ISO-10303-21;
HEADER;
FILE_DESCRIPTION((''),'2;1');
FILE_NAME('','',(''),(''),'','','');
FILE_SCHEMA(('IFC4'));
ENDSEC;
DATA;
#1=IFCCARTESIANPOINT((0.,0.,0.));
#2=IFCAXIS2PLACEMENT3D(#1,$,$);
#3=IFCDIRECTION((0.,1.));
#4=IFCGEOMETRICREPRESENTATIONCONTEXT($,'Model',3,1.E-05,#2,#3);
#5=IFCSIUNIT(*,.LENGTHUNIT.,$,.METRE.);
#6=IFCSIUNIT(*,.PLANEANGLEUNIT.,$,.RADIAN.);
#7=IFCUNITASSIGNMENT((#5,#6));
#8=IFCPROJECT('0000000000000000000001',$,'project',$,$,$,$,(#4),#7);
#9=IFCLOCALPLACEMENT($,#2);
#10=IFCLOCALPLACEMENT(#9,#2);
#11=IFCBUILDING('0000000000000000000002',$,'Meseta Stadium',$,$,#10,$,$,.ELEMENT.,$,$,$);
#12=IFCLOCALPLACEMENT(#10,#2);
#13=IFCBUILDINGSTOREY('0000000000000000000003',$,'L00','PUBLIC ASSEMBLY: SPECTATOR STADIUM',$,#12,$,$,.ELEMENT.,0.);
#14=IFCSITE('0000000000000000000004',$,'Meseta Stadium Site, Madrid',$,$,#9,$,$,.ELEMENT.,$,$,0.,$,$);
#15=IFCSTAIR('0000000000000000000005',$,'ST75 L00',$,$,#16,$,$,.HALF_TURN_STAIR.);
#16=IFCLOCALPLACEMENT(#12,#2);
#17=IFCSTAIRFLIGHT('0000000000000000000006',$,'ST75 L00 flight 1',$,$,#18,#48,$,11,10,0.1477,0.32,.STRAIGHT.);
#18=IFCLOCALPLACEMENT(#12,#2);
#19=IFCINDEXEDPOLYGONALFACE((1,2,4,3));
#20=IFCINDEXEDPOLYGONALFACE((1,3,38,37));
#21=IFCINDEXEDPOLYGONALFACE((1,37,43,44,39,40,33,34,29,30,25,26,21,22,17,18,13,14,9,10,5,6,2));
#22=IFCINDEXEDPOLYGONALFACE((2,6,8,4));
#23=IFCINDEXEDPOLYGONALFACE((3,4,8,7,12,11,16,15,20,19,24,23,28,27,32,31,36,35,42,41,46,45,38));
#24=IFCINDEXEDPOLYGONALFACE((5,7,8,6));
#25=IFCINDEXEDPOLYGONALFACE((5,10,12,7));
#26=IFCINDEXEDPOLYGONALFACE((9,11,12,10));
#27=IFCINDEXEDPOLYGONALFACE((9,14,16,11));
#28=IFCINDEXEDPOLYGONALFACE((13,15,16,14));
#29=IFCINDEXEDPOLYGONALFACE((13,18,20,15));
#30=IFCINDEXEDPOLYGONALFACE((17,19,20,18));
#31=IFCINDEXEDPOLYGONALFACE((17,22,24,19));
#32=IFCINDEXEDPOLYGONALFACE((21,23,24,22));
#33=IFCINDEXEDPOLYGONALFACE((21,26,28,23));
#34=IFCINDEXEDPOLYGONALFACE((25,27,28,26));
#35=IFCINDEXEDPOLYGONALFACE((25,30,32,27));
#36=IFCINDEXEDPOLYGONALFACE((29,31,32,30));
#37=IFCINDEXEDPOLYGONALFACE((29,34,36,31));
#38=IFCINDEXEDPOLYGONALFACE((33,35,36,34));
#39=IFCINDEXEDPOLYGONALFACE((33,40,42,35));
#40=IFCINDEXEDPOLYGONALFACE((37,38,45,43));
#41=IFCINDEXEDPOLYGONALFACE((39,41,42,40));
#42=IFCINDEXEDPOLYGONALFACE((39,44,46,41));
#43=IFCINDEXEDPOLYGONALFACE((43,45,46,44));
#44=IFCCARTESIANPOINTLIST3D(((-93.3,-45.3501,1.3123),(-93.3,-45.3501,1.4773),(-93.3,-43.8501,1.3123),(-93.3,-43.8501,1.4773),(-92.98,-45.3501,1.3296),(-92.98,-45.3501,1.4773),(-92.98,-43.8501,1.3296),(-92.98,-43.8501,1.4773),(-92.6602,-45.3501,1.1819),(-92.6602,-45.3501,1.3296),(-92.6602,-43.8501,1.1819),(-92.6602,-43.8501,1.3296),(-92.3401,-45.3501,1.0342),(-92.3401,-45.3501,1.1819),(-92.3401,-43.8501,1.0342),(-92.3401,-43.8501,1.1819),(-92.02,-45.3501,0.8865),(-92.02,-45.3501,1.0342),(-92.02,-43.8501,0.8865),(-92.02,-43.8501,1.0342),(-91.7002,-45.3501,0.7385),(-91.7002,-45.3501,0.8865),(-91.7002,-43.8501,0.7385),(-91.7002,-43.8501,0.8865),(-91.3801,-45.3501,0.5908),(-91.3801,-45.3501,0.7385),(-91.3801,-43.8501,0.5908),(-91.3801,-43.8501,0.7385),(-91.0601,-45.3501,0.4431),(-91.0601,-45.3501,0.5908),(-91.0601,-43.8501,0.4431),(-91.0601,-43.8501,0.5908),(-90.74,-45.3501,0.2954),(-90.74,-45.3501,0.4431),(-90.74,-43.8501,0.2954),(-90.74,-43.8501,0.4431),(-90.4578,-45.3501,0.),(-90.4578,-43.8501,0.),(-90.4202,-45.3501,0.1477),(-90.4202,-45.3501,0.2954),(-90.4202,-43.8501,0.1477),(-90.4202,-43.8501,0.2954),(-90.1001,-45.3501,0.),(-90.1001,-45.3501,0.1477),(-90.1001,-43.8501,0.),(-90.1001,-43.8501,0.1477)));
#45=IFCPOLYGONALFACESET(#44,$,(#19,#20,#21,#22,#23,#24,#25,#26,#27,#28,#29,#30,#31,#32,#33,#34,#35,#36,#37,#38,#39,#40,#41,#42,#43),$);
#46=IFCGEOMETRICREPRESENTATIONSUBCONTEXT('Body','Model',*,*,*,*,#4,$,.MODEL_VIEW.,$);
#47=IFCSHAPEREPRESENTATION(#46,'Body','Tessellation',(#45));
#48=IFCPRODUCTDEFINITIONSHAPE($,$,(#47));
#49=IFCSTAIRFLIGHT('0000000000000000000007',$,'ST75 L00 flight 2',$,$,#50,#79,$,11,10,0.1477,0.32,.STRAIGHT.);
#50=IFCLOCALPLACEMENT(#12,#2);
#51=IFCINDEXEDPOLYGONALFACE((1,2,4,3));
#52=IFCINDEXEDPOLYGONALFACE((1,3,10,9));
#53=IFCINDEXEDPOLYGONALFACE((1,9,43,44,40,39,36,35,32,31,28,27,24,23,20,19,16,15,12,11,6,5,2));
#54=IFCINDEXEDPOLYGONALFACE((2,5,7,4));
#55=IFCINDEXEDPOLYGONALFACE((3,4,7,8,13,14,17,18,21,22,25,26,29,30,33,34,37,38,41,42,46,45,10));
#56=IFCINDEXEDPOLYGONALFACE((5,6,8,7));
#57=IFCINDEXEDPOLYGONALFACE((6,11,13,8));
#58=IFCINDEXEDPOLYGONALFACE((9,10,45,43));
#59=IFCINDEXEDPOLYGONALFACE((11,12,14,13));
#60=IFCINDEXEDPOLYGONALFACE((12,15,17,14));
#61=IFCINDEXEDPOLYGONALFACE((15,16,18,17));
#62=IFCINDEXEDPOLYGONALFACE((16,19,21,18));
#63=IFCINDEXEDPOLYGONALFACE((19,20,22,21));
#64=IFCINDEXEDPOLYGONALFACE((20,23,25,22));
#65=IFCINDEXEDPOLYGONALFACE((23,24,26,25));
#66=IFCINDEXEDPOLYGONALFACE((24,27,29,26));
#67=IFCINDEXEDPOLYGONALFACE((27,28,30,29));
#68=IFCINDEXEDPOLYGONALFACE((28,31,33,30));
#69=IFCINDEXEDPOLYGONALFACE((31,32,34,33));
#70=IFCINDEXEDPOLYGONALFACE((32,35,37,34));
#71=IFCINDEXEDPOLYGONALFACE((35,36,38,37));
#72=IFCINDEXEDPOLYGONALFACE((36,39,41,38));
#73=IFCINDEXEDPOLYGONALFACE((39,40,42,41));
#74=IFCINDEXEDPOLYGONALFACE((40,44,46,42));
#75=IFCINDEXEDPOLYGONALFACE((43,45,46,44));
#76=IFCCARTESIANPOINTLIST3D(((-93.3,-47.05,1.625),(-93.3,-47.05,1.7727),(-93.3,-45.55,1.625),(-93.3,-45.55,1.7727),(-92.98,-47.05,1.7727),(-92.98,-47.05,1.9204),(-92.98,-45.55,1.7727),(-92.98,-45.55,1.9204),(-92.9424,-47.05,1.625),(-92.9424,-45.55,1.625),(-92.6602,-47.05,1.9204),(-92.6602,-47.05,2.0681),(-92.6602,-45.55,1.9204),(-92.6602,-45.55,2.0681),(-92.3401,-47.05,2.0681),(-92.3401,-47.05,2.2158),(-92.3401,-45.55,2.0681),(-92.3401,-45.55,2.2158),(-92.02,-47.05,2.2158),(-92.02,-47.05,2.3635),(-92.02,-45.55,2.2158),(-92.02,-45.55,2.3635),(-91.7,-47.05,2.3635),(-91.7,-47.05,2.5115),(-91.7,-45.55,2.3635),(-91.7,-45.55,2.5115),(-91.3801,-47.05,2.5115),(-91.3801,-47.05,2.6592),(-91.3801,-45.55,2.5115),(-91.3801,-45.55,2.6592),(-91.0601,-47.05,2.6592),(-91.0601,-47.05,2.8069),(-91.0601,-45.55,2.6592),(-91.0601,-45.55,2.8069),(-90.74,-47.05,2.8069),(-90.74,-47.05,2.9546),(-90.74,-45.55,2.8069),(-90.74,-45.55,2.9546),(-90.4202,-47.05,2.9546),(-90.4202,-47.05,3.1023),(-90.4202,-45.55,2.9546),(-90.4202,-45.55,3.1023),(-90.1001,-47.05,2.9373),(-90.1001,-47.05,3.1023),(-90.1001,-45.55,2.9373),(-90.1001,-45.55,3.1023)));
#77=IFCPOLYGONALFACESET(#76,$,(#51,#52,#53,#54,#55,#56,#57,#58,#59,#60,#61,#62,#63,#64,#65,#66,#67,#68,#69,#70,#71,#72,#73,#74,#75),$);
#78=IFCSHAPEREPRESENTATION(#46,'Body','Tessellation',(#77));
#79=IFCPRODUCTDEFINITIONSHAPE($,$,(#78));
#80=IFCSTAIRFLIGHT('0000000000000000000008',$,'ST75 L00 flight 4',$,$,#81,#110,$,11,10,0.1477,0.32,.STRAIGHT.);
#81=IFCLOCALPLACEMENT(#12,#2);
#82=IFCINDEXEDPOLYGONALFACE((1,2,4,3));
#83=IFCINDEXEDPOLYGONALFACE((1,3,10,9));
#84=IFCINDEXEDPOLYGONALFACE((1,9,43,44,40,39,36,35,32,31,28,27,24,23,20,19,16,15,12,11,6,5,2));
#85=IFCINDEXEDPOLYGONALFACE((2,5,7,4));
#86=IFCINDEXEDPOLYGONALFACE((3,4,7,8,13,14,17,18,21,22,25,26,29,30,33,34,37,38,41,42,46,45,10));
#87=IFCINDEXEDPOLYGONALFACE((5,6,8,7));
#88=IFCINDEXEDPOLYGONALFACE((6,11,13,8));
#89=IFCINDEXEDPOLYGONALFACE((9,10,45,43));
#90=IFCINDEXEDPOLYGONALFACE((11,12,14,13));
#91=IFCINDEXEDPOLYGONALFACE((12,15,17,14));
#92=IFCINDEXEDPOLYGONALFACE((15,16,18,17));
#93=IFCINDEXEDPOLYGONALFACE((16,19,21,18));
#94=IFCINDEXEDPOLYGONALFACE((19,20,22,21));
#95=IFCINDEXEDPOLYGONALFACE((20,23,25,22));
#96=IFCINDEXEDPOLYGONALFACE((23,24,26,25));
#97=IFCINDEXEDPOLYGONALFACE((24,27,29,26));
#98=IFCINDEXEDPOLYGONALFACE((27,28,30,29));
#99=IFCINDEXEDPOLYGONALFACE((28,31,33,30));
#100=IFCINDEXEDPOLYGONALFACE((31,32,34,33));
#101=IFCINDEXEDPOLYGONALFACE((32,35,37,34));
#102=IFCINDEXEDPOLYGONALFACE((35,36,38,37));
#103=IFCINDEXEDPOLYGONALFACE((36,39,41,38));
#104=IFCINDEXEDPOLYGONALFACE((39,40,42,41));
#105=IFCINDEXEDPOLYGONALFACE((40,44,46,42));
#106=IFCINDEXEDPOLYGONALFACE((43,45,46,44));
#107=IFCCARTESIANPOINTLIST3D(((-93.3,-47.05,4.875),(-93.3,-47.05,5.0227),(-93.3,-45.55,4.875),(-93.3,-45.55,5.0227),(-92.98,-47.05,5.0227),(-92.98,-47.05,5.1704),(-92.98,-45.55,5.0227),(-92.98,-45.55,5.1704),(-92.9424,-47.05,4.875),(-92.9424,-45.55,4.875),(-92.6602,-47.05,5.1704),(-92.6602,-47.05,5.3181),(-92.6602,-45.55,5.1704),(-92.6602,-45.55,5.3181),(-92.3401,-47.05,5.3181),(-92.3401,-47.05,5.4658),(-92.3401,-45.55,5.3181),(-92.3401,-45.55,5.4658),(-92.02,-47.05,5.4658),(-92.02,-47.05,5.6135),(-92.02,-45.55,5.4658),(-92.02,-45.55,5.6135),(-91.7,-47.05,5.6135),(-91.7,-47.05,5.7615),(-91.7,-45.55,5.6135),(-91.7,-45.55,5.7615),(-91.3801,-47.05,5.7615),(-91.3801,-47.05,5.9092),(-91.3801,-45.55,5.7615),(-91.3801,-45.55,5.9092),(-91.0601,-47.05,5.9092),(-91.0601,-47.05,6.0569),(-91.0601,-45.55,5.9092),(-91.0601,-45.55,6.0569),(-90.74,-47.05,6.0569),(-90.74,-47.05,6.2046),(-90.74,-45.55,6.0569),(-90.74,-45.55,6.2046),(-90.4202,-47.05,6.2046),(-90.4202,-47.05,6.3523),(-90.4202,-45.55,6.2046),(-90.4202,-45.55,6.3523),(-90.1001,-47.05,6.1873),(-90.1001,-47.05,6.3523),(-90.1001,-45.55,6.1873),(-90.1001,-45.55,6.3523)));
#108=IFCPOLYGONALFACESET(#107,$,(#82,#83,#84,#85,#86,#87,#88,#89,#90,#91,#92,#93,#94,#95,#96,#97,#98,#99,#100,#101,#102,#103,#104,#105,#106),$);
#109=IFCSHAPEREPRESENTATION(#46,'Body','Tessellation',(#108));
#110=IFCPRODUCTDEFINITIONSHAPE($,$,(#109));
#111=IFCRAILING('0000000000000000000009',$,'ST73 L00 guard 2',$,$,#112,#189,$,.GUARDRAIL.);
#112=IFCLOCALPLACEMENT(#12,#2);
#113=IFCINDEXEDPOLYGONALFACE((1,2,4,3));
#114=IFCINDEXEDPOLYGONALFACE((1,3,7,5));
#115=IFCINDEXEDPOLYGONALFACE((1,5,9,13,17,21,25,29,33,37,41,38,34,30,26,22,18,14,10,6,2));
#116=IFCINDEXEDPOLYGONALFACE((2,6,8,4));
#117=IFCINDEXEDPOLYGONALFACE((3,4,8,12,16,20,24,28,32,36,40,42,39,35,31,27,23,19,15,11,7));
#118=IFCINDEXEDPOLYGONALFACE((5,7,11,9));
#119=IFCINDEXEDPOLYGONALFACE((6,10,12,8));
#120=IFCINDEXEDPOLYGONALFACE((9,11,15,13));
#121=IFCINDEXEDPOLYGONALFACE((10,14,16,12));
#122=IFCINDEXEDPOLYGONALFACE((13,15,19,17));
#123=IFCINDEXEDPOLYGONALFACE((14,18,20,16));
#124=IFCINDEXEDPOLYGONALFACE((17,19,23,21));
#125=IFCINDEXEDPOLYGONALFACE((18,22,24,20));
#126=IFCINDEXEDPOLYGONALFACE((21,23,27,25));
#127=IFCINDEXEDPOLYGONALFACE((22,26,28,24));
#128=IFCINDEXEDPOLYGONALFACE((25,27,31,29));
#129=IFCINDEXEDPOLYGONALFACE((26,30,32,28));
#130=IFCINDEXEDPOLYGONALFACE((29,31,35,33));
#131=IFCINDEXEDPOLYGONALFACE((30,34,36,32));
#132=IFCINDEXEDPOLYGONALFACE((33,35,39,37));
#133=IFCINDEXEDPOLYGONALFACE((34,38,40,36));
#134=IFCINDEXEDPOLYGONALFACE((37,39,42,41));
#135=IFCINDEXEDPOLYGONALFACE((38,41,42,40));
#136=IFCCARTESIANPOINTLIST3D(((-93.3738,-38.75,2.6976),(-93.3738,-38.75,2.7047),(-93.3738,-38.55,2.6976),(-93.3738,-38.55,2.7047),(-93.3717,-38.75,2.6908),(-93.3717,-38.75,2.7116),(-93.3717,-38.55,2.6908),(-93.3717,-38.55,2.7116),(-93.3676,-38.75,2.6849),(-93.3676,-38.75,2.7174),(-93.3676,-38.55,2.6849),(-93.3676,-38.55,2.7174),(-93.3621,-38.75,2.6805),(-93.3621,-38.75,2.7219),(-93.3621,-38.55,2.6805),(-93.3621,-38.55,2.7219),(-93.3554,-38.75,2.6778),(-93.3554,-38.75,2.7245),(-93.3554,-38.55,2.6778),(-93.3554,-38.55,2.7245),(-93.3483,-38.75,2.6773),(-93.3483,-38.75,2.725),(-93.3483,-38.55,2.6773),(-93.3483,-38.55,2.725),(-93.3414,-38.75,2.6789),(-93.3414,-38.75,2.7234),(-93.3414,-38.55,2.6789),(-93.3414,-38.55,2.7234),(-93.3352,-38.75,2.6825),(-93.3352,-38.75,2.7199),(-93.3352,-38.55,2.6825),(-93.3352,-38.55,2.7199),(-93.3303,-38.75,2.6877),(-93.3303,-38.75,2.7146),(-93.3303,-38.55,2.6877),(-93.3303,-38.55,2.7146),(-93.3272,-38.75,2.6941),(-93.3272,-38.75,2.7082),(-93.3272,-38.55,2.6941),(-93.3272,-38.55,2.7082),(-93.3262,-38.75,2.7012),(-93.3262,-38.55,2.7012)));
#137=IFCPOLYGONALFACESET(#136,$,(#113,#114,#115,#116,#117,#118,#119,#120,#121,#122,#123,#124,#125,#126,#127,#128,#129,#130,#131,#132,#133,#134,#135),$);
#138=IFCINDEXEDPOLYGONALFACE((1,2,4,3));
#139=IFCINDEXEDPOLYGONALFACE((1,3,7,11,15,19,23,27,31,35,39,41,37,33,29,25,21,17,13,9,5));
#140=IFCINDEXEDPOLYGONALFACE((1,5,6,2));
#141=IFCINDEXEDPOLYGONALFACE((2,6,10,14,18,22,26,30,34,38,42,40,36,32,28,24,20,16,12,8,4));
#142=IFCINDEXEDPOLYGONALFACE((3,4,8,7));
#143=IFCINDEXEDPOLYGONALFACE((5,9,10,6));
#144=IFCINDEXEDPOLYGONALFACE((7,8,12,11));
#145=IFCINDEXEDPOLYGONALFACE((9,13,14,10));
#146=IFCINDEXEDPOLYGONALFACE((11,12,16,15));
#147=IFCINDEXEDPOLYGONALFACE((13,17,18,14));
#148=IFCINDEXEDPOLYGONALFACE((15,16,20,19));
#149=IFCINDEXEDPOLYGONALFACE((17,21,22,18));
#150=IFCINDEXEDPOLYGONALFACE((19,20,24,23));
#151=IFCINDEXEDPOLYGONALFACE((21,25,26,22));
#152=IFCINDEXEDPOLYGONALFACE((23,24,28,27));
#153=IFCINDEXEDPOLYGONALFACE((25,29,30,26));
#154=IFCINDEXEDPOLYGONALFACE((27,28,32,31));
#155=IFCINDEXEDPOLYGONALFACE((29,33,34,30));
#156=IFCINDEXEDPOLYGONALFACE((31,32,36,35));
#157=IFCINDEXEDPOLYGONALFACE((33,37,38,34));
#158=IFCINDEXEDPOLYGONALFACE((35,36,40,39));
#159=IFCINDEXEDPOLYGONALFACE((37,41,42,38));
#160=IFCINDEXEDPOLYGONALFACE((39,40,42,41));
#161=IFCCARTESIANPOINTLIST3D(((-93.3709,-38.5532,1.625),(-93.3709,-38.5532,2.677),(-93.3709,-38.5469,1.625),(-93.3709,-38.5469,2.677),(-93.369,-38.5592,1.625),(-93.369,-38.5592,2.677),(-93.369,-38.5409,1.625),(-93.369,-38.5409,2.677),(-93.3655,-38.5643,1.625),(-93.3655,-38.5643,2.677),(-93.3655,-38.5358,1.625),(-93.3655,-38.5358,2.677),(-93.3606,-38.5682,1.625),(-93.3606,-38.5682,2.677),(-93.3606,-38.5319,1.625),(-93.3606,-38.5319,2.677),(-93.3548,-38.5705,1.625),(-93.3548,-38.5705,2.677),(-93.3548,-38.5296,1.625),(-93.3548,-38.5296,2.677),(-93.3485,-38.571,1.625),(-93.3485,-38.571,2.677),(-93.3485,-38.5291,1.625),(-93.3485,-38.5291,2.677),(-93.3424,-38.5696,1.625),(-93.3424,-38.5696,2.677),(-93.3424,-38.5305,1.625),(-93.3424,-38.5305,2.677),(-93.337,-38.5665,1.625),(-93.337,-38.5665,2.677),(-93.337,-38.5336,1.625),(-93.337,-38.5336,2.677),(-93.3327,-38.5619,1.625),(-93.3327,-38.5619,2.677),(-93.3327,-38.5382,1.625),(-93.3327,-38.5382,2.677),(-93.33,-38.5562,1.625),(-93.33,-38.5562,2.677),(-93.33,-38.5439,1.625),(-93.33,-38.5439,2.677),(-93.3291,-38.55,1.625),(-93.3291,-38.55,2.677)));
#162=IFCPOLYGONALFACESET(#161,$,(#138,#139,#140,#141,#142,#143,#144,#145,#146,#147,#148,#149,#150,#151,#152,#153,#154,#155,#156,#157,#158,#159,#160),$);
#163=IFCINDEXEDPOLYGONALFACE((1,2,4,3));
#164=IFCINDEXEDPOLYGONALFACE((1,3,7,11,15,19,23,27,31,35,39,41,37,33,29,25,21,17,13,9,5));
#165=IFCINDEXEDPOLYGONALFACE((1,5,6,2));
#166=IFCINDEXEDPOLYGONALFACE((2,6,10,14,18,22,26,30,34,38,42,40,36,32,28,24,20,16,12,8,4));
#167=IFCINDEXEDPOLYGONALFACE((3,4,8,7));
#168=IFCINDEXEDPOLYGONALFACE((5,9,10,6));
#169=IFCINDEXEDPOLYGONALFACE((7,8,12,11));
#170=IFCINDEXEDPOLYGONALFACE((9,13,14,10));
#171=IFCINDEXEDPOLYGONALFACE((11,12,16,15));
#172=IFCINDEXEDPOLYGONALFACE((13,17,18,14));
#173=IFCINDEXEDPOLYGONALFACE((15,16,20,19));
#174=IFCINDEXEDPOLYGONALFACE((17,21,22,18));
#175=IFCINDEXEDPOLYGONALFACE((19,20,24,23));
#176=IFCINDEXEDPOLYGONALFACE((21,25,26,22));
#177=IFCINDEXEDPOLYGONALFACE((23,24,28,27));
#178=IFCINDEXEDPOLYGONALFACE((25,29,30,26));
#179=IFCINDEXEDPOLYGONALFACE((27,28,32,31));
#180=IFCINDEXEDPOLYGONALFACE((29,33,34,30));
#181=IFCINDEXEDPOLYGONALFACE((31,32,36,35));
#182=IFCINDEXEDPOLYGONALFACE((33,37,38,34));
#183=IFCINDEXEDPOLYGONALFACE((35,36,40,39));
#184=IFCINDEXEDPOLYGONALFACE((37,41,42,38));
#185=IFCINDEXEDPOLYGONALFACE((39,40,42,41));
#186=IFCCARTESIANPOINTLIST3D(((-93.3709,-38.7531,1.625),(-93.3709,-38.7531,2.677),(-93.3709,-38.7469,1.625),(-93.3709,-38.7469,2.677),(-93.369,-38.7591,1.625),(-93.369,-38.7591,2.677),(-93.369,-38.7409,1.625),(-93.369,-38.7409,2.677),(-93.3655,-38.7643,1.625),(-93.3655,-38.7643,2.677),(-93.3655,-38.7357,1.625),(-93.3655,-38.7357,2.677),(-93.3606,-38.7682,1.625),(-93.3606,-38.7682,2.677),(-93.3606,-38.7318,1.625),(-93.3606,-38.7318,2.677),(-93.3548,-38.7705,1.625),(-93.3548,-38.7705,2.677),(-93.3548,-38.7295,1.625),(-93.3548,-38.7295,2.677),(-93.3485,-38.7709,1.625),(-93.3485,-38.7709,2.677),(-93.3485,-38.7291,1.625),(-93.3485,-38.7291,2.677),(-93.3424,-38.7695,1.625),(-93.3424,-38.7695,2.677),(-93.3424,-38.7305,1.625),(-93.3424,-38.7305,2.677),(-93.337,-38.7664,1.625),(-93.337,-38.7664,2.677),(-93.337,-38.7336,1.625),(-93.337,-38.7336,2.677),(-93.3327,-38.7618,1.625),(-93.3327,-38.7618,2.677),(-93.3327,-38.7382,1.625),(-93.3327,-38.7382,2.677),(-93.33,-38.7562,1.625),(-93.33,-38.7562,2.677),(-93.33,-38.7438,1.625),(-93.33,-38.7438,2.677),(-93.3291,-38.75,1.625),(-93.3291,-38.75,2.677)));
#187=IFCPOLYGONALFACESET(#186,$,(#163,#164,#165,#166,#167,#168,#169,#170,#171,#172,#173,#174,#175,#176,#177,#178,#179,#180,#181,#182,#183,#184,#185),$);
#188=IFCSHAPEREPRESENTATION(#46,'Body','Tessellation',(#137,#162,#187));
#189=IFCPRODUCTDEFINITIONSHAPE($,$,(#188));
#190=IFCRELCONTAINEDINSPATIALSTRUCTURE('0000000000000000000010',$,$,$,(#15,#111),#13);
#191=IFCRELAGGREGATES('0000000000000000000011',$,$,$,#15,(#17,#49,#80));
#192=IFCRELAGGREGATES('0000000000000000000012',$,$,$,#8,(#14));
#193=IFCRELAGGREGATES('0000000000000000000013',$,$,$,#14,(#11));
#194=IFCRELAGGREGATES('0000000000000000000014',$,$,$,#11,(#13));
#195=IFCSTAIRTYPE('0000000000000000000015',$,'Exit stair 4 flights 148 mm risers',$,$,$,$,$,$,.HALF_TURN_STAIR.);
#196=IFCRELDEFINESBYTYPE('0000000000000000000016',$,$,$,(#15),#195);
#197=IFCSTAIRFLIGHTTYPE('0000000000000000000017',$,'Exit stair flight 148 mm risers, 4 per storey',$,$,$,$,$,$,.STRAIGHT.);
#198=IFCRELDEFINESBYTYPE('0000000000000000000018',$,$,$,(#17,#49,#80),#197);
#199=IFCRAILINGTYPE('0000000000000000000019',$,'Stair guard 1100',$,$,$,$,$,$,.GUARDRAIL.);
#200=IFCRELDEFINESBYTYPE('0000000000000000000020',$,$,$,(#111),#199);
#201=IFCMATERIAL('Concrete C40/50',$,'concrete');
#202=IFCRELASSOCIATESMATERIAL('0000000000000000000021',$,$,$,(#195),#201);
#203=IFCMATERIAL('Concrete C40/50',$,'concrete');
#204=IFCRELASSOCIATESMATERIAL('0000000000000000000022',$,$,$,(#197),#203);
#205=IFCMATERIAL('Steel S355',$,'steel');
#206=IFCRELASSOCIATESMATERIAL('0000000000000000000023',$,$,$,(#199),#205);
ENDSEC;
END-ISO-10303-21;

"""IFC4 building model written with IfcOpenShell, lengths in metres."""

from ifc_helpers import new_model, si_unit, direction, frame, origin, origin_2d, place, context, subcontext, project, spatial, polyline, circle, outline, extrude, material, type_object, element, aggregate, save


model = new_model("IFC4")

# Units and contexts
model_context = context("Model", 3, precision=1e-05, world=origin(), true_north=direction((0.0, 1.0)))
body_context = subcontext(model_context, "Body", "Model", "MODEL_VIEW")
ifc_project = project(units=[si_unit("LENGTHUNIT", "METRE"), si_unit("PLANEANGLEUNIT", "RADIAN")], contexts=[model_context])

# Site, building, storey
site_placement = place(None, origin())
site = spatial("IfcSite", under=ifc_project, at=site_placement, Name="Meseta Stadium Site, Madrid", CompositionType="ELEMENT", RefElevation=0.0)
building_placement = place(site_placement, origin())
building = spatial("IfcBuilding", under=site, at=building_placement, Name="Meseta Stadium", CompositionType="ELEMENT")
storey_placement = place(building_placement, origin())
storey = spatial("IfcBuildingStorey", under=building, at=storey_placement, Name="L00", Description="PUBLIC ASSEMBLY: SPECTATOR STADIUM", CompositionType="ELEMENT", Elevation=0.0)

# Stair, stair flights
ifc_material_1 = material(Name="Concrete C40/50", Category="concrete")
stair_type = type_object("IfcStairType", Name="Exit stair 4 flights 148 mm risers", PredefinedType="HALF_TURN_STAIR", material=ifc_material_1)
ifc_material_2 = material(Name="Concrete C40/50", Category="concrete")
stair_flight_type = type_object("IfcStairFlightType", Name="Exit stair flight 148 mm risers, 4 per storey", PredefinedType="STRAIGHT", material=ifc_material_2)
stair_1_placement = place(storey_placement, origin())
stair_1 = element("IfcStair", 1, at=stair_1_placement, inside=storey, type_object=stair_type, Name="ST75 L00", PredefinedType="HALF_TURN_STAIR")
stair_flight_1_placement = place(storey_placement, frame((-90.1001, -44.6001, 0.0), z_axis=(0.0, 0.0, 1.0), x_axis=(-1.0, 0.0, 0.0)))
stair_flight_1 = element("IfcStairFlight", 2, at=stair_flight_1_placement, type_object=stair_flight_type, Name="ST75 L00 flight 1", NumberOfRisers=11, NumberOfTreads=10, PredefinedType="STRAIGHT", RiserHeight=0.1477, TreadLength=0.32, context=body_context, shape_type="SweptSolid", body=[
    extrude(outline(polyline([(0.0, 0.0), (0.0, 0.1477), (0.3201, 0.1477), (0.3201, 0.2954), (0.6399, 0.2954), (0.6399, 0.4431), (0.96, 0.4431), (0.96, 0.5908), (1.28, 0.5908), (1.28, 0.7385), (1.6001, 0.7385), (1.6001, 0.8865), (1.9199, 0.8865), (1.9199, 1.0342), (2.24, 1.0342), (2.24, 1.1819), (2.5601, 1.1819), (2.5601, 1.3296), (2.8799, 1.3296), (2.8799, 1.4773), (3.2, 1.4773), (3.2, 1.3123), (0.3577, 0.0), (0.0, 0.0)])), frame((0.0, 0.75, 0.0), z_axis=(0.0, -1.0, 0.0), x_axis=(1.0, 0.0, 0.0)), (0.0, 0.0, 1.0), 1.5),
])
stair_flight_2_placement = place(storey_placement, frame((-93.3, -46.3, 1.625), z_axis=(0.0, 0.0, 1.0), x_axis=(1.0, 0.0, 0.0)))
stair_flight_2 = element("IfcStairFlight", 3, at=stair_flight_2_placement, type_object=stair_flight_type, Name="ST75 L00 flight 2", NumberOfRisers=11, NumberOfTreads=10, PredefinedType="STRAIGHT", RiserHeight=0.1477, TreadLength=0.32, context=body_context, shape_type="SweptSolid", body=[
    extrude(outline(polyline([(0.0, 0.0), (0.0, 0.1477), (0.3201, 0.1477), (0.3201, 0.2954), (0.6399, 0.2954), (0.6399, 0.4431), (0.96, 0.4431), (0.96, 0.5908), (1.28, 0.5908), (1.28, 0.7385), (1.6001, 0.7385), (1.6001, 0.8865), (1.9199, 0.8865), (1.9199, 1.0342), (2.24, 1.0342), (2.24, 1.1819), (2.5601, 1.1819), (2.5601, 1.3296), (2.8799, 1.3296), (2.8799, 1.4773), (3.2, 1.4773), (3.2, 1.3123), (0.3577, 0.0), (0.0, 0.0)])), frame((0.0, 0.75, 0.0), z_axis=(0.0, -1.0, 0.0), x_axis=(1.0, 0.0, 0.0)), (0.0, 0.0, 1.0), 1.5),
])
stair_flight_3_placement = place(storey_placement, frame((-93.3, -46.3, 4.875), z_axis=(0.0, 0.0, 1.0), x_axis=(1.0, 0.0, 0.0)))
stair_flight_3 = element("IfcStairFlight", 4, at=stair_flight_3_placement, type_object=stair_flight_type, Name="ST75 L00 flight 4", NumberOfRisers=11, NumberOfTreads=10, PredefinedType="STRAIGHT", RiserHeight=0.1477, TreadLength=0.32, context=body_context, shape_type="SweptSolid", body=[
    extrude(outline(polyline([(0.0, 0.0), (0.0, 0.1477), (0.3201, 0.1477), (0.3201, 0.2954), (0.6399, 0.2954), (0.6399, 0.4431), (0.96, 0.4431), (0.96, 0.5908), (1.28, 0.5908), (1.28, 0.7385), (1.6001, 0.7385), (1.6001, 0.8865), (1.9199, 0.8865), (1.9199, 1.0342), (2.24, 1.0342), (2.24, 1.1819), (2.5601, 1.1819), (2.5601, 1.3296), (2.8799, 1.3296), (2.8799, 1.4773), (3.2, 1.4773), (3.2, 1.3123), (0.3577, 0.0), (0.0, 0.0)])), frame((0.0, 0.75, 0.0), z_axis=(0.0, -1.0, 0.0), x_axis=(1.0, 0.0, 0.0)), (0.0, 0.0, 1.0), 1.5),
])
aggregate(stair_1, [stair_flight_1, stair_flight_2, stair_flight_3])

# Railing
ifc_material_3 = material(Name="Steel S355", Category="steel")
railing_type_1 = type_object("IfcRailingType", Name="Stair guard 1100", PredefinedType="GUARDRAIL", material=ifc_material_3)
railing_1_placement = place(storey_placement, frame((-93.3501, -38.55, 1.625)))
element("IfcRailing", 5, at=railing_1_placement, inside=storey, type_object=railing_type_1, Name="ST73 L00 guard 2", PredefinedType="GUARDRAIL", context=body_context, shape_type="SweptSolid", body=[
    extrude(circle(Radius=0.0239, at=origin_2d()), frame((0.0, 0.0, 1.0762), z_axis=(0.0, -1.0, 0.0), x_axis=(1.0, 0.0, 0.0)), (0.0, 0.0, 1.0), 0.2),
    extrude(circle(Radius=0.021, at=origin_2d()), origin(), (0.0, 0.0, 1.0), 1.052),
    extrude(circle(Radius=0.021, at=origin_2d()), frame((0.0, -0.2, 0.0)), (0.0, 0.0, 1.0), 1.052),
])

save(model, "model.ifc")
